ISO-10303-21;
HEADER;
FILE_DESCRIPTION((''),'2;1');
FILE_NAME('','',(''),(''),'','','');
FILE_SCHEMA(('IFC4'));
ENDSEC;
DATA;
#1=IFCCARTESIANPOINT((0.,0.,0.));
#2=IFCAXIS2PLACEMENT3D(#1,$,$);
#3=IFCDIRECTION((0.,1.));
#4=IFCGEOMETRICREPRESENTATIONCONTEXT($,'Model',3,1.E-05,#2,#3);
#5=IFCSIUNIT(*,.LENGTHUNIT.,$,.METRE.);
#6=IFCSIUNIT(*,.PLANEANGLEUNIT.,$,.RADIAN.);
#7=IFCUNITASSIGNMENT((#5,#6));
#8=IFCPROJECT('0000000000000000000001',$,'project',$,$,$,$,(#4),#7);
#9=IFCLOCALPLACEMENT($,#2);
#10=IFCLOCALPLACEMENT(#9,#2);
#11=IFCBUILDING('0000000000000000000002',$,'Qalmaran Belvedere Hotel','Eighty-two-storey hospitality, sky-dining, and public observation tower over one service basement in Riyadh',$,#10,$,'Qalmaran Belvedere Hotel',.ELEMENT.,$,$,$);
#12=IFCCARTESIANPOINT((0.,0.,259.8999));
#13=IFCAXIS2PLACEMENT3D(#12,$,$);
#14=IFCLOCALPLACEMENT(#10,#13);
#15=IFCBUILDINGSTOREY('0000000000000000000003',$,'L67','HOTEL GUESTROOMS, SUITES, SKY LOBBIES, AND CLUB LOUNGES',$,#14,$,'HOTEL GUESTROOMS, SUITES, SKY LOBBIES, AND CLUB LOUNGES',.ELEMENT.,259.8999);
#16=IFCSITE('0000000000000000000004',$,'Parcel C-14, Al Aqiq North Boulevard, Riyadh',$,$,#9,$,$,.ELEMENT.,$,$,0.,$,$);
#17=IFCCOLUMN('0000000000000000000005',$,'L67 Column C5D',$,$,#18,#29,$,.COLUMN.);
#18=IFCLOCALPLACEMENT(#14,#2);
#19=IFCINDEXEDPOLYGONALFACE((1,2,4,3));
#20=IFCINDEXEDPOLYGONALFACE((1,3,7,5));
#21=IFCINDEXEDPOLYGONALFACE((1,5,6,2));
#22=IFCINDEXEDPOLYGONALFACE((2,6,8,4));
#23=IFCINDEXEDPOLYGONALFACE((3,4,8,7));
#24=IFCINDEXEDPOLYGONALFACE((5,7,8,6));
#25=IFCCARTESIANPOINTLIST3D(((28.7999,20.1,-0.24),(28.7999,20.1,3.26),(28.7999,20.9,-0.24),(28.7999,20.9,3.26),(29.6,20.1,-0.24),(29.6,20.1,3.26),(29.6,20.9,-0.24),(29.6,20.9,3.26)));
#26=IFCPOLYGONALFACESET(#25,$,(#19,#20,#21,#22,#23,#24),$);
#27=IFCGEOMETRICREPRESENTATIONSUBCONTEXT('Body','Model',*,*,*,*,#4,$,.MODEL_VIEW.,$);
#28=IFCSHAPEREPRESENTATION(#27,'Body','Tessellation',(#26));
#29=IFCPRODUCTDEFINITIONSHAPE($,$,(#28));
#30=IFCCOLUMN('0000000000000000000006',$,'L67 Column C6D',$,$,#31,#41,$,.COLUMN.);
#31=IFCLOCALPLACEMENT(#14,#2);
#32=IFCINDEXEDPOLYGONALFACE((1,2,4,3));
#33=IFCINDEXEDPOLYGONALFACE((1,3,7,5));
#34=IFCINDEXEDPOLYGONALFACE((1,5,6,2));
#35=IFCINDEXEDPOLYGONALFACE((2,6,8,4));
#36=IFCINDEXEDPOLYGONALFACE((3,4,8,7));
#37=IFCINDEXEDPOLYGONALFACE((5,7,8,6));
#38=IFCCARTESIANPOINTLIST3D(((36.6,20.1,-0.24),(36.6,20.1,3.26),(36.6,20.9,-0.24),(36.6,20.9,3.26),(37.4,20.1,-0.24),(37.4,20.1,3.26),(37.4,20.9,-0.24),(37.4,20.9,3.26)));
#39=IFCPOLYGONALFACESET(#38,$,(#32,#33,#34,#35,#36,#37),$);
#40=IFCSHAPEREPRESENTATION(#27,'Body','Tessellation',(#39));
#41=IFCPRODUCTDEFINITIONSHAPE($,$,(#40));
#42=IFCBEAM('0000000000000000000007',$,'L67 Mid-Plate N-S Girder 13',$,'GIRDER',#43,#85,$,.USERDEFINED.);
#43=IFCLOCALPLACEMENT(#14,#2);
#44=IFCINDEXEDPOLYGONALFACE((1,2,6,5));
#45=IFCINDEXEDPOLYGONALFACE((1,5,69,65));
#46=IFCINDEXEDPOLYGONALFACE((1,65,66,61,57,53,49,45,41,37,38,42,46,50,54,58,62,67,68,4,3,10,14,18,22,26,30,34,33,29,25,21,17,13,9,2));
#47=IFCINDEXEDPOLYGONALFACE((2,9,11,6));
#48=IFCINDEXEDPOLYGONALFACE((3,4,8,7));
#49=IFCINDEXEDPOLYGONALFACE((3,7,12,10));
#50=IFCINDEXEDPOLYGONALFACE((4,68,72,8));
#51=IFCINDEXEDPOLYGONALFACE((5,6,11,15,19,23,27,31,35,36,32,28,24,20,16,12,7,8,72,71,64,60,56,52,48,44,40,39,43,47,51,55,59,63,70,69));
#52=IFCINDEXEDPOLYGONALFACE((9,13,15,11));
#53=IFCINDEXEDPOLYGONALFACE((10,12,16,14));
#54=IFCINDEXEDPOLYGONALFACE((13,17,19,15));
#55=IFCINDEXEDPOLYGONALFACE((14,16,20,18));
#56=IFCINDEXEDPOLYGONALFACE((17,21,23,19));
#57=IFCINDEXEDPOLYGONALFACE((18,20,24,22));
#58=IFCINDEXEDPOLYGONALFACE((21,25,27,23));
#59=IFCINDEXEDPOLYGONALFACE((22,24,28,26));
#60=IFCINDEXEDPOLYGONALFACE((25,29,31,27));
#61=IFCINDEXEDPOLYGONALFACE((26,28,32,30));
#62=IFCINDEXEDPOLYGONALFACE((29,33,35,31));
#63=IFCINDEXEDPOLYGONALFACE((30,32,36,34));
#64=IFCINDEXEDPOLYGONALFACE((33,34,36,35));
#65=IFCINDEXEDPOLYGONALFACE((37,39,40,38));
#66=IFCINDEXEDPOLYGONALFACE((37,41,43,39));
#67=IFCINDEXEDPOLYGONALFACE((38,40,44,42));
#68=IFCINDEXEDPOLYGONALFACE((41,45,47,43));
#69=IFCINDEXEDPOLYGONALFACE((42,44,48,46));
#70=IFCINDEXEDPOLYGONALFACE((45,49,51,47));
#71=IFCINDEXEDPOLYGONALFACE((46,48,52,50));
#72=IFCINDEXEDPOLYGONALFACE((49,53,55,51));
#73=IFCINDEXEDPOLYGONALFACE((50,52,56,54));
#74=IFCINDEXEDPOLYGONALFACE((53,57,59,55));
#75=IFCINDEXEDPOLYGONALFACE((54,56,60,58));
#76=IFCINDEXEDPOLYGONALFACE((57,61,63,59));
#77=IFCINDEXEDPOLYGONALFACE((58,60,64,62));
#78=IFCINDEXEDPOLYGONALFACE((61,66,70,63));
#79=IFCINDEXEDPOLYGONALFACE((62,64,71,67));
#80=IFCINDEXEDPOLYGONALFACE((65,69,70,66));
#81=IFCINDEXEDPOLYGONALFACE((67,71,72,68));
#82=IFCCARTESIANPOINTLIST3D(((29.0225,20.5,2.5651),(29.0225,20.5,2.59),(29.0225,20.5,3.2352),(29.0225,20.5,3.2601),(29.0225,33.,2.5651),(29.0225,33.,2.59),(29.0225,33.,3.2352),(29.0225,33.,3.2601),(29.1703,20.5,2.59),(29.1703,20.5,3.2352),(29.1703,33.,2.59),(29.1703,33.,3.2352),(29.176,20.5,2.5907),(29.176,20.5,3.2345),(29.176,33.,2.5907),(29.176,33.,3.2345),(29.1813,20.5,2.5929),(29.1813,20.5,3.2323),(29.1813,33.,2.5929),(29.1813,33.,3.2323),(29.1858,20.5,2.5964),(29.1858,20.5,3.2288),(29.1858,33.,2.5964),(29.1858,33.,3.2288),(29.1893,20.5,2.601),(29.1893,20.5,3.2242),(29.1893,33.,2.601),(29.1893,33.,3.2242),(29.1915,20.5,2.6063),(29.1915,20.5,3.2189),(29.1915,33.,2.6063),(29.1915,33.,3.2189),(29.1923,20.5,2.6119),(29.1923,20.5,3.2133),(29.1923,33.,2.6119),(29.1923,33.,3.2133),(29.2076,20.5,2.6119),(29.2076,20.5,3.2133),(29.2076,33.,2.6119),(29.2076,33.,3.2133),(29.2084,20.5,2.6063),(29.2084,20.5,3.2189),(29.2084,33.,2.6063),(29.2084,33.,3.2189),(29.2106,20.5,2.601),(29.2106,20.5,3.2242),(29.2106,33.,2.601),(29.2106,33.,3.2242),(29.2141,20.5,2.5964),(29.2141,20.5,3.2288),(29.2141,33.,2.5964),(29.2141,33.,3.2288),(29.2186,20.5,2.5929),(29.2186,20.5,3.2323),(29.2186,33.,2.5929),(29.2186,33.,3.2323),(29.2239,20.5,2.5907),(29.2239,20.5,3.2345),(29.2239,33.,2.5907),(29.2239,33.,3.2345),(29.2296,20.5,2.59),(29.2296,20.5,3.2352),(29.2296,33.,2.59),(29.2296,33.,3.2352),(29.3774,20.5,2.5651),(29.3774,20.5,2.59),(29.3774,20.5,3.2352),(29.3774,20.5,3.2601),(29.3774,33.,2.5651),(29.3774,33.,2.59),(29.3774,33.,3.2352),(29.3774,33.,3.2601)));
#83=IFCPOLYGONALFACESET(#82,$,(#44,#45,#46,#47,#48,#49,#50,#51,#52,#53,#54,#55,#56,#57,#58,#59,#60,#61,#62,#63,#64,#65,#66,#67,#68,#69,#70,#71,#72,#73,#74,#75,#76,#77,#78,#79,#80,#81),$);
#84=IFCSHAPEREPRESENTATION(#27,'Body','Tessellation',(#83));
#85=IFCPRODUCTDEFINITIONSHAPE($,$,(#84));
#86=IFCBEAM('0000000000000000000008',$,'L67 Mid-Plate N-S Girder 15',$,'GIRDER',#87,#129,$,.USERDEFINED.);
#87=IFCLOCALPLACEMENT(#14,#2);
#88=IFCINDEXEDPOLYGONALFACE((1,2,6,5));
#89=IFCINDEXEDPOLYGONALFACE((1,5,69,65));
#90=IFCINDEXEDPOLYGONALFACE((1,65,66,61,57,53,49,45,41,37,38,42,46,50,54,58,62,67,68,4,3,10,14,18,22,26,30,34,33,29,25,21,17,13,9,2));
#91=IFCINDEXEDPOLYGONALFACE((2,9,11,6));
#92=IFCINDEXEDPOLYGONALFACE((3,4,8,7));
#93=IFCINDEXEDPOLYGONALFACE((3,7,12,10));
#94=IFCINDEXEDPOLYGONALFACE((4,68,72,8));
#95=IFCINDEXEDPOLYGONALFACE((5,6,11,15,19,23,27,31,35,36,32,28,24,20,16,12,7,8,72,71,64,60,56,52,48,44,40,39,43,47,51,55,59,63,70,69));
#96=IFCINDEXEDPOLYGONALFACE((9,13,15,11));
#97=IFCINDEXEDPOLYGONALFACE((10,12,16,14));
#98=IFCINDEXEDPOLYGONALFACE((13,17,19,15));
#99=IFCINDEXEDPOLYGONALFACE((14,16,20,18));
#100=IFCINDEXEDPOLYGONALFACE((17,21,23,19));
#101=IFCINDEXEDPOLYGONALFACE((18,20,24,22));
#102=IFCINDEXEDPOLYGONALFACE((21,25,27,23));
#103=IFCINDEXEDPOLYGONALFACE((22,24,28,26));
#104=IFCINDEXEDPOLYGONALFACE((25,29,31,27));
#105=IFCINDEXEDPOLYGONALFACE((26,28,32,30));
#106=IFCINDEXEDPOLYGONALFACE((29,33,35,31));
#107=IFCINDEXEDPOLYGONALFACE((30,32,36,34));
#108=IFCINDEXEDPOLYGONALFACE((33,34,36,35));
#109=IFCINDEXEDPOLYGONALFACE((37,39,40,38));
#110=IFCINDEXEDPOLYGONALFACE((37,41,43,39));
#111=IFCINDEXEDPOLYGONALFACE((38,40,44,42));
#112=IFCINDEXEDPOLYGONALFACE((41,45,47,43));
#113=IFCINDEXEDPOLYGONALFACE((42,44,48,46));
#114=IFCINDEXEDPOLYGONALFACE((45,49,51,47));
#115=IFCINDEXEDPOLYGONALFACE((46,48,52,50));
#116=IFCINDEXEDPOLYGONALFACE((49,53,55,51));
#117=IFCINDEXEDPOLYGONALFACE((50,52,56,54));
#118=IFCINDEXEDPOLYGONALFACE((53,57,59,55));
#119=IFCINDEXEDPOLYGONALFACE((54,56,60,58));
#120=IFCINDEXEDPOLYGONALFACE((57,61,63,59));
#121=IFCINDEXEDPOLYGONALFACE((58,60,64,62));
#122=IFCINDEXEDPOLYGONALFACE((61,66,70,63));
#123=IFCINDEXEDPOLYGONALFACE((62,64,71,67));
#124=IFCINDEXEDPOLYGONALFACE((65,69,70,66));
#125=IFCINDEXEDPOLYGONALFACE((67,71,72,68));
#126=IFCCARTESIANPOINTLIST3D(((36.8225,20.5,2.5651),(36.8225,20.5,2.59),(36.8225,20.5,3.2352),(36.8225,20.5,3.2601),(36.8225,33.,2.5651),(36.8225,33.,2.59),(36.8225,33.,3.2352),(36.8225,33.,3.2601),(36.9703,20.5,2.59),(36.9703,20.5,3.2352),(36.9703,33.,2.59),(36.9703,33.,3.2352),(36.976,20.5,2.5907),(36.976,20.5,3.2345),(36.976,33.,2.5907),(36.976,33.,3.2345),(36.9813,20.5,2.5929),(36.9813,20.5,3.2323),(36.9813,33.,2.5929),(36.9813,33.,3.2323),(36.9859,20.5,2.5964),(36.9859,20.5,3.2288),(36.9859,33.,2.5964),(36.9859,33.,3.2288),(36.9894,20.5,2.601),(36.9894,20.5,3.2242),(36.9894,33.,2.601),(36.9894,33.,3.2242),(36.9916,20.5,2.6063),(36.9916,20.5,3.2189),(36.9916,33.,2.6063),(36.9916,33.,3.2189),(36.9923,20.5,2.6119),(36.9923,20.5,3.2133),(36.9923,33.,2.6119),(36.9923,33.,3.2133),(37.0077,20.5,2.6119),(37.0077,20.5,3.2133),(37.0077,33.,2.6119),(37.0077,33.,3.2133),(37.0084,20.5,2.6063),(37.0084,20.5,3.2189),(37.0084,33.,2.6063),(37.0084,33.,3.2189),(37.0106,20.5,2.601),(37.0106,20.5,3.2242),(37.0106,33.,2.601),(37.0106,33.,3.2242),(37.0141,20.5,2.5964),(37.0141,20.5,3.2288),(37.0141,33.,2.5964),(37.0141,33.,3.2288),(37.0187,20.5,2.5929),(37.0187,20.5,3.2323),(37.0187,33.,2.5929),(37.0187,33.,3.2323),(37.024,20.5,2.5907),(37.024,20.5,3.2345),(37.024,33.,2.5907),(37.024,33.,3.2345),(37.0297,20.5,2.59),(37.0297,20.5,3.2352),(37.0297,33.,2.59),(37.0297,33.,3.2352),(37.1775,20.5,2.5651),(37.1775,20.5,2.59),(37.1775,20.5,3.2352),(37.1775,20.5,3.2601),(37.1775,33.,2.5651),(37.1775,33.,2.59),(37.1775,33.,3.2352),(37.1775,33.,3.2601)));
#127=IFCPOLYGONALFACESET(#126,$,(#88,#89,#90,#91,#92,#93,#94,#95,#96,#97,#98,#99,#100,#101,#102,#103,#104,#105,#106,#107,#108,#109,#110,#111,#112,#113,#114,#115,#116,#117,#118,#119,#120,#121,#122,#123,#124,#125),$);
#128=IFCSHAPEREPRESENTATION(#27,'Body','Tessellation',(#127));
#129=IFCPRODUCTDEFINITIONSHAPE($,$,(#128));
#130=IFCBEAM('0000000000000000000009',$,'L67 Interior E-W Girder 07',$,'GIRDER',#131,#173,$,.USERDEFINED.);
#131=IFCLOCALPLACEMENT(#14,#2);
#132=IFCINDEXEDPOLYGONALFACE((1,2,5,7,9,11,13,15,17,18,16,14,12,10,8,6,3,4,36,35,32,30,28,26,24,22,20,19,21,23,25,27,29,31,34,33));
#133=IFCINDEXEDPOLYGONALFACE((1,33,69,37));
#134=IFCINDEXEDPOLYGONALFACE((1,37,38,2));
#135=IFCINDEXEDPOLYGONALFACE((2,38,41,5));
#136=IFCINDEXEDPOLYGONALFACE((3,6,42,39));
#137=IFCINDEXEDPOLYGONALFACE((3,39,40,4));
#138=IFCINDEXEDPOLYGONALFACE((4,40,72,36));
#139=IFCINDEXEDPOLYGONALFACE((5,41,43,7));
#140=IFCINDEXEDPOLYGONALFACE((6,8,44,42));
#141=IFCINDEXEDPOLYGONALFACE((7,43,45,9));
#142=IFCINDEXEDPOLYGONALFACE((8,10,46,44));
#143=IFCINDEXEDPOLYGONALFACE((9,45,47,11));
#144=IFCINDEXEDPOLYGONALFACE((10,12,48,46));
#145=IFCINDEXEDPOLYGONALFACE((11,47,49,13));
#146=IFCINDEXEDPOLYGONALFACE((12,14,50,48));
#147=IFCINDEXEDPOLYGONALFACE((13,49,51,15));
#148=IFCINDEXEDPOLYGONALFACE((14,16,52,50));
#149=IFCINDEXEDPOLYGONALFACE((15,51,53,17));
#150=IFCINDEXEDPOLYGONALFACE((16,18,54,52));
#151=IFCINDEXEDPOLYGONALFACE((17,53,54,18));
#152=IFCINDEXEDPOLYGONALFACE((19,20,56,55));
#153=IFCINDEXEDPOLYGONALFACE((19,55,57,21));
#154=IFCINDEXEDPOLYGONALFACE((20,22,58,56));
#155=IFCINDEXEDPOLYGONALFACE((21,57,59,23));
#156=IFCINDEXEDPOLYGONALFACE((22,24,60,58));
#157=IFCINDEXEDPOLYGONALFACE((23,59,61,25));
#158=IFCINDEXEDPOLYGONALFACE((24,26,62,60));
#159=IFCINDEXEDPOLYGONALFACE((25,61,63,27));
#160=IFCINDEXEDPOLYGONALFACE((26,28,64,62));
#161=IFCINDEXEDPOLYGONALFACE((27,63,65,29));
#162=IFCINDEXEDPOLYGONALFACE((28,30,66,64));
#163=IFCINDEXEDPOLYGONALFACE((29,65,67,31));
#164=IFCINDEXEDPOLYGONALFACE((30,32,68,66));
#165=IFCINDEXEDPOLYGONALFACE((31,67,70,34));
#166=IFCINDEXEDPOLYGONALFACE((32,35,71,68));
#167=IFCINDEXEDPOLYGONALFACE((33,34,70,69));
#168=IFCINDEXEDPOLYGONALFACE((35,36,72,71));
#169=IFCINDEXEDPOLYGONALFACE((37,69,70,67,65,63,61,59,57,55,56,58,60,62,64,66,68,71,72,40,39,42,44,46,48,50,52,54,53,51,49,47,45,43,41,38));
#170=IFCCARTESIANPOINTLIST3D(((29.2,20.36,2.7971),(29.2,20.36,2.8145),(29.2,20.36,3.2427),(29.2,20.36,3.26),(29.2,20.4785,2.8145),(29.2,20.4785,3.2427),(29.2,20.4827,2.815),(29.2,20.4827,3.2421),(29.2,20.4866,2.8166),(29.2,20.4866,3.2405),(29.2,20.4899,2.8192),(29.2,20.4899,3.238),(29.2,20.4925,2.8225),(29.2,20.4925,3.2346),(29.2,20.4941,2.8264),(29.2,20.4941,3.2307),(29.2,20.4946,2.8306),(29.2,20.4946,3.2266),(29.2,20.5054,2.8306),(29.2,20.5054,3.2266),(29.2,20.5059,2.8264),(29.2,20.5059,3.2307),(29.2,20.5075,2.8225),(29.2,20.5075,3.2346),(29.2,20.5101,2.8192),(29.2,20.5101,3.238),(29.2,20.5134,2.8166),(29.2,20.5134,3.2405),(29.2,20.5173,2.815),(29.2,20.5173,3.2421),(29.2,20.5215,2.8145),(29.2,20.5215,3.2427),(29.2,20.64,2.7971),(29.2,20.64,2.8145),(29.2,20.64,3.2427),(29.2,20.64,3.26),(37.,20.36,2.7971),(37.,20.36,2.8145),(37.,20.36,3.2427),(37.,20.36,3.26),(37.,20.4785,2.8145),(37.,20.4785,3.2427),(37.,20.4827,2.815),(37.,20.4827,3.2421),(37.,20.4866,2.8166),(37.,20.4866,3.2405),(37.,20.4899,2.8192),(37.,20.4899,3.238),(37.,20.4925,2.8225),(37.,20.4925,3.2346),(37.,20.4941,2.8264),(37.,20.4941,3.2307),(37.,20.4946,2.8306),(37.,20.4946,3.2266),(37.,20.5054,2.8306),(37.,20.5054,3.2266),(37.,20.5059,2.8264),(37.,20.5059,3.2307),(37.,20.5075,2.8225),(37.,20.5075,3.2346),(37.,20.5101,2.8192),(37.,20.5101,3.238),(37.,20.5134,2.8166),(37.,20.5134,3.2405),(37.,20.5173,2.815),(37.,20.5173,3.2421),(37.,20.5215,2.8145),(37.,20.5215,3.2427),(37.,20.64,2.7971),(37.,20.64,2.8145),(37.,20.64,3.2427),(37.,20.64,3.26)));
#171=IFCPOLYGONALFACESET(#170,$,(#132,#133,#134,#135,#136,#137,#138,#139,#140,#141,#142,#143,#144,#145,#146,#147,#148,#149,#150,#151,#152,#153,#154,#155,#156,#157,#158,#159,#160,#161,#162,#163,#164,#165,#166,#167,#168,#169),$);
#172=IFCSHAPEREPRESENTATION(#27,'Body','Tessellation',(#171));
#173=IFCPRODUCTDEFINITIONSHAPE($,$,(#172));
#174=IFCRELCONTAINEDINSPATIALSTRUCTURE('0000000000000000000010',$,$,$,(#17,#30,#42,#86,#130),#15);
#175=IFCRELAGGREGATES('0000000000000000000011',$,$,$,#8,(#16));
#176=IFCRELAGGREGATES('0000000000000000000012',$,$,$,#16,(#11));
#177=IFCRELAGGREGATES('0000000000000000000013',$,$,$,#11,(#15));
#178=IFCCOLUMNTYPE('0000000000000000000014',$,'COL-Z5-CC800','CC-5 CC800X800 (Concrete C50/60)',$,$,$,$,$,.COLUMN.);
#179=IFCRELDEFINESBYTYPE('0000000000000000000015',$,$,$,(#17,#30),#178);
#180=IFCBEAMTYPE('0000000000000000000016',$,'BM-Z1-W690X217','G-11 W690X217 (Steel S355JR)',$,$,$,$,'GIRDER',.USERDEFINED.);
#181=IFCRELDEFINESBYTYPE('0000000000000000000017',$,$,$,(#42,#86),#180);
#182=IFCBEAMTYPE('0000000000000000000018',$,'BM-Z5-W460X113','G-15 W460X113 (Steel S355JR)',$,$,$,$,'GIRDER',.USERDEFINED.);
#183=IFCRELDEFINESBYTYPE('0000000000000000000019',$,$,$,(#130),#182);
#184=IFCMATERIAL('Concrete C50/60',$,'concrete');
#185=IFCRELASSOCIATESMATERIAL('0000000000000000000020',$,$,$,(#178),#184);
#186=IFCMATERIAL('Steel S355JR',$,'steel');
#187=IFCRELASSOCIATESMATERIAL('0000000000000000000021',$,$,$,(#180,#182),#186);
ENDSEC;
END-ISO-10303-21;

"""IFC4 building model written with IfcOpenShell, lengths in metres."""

from ifc_helpers import new_model, si_unit, direction, frame, origin, origin_2d, place, context, subcontext, project, spatial, rectangle, i_section, extrude, material, material_profile, profile_set, type_object, element, save


model = new_model("IFC4")

# Units and contexts
model_context = context("Model", 3, precision=1e-05, world=origin(), true_north=direction((0.0, 1.0)))
body_context = subcontext(model_context, "Body", "Model", "MODEL_VIEW")
ifc_project = project(units=[si_unit("LENGTHUNIT", "METRE"), si_unit("PLANEANGLEUNIT", "RADIAN")], contexts=[model_context])

# Site, building, storey
site_placement = place(None, origin())
site = spatial("IfcSite", under=ifc_project, at=site_placement, Name="Parcel C-14, Al Aqiq North Boulevard, Riyadh", CompositionType="ELEMENT", RefElevation=0.0)
building_placement = place(site_placement, origin())
building = spatial("IfcBuilding", under=site, at=building_placement, Name="Qalmaran Belvedere Hotel", Description="Eighty-two-storey hospitality, sky-dining, and public observation tower over one service basement in Riyadh", LongName="Qalmaran Belvedere Hotel", CompositionType="ELEMENT")
storey_placement = place(building_placement, frame((0.0, 0.0, 259.8999)))
storey = spatial("IfcBuildingStorey", under=building, at=storey_placement, Name="L67", Description="HOTEL GUESTROOMS, SUITES, SKY LOBBIES, AND CLUB LOUNGES", LongName="HOTEL GUESTROOMS, SUITES, SKY LOBBIES, AND CLUB LOUNGES", CompositionType="ELEMENT", Elevation=259.8999)

# Columns
ifc_material_1 = material(Name="Concrete C50/60", Category="concrete")
ifc_material_profile_1 = material_profile(ifc_material_1, rectangle(XDim=0.8, YDim=0.8, at=origin_2d()), Name="CC800X800")
ifc_profile_set_1 = profile_set([ifc_material_profile_1], Name="Concrete C50/60")
column_type = type_object("IfcColumnType", Name="COL-Z5-CC800", Description="CC-5 CC800X800 (Concrete C50/60)", PredefinedType="COLUMN", material=ifc_profile_set_1)
for number, where, z_axis, x_axis, name in (
    (1, (29.2, 20.5, -0.24), (0.0, 0.0, 1.0), (1.0, 0.0, 0.0), "L67 Column C5D"),
    (2, (37.0, 20.5, -0.24), (0.0, 0.0, 1.0), (1.0, 0.0, 0.0), "L67 Column C6D"),
):
    element("IfcColumn", number, at=place(storey_placement, frame(where, z_axis=z_axis, x_axis=x_axis)), inside=storey, type_object=column_type, Name=name, PredefinedType="COLUMN", context=body_context, shape_type="SweptSolid", body=[
        extrude(rectangle(XDim=0.8, YDim=0.8, at=origin_2d()), origin(), (0.0, 0.0, 1.0), 3.5),
    ])

# Beams
ifc_material_2 = material(Name="Steel S355JR", Category="steel")
ifc_material_profile_2 = material_profile(ifc_material_2, i_section(OverallWidth=0.355, OverallDepth=0.6951, WebThickness=0.0154, FlangeThickness=0.0249, FilletRadius=0.022, at=origin_2d()), Name="W690X217")
ifc_profile_set_2 = profile_set([ifc_material_profile_2], Name="Steel S355JR")
beam_type_1 = type_object("IfcBeamType", Name="BM-Z1-W690X217", Description="G-11 W690X217 (Steel S355JR)", ElementType="GIRDER", PredefinedType="USERDEFINED", material=ifc_profile_set_2)
for number, where, z_axis, x_axis, name in (
    (3, (29.2, 20.5, 2.9126), (0.0, 1.0, 0.0), (-1.0, 0.0, 0.0), "L67 Mid-Plate N-S Girder 13"),
    (4, (37.0, 20.5, 2.9126), (0.0, 1.0, 0.0), (-1.0, 0.0, 0.0), "L67 Mid-Plate N-S Girder 15"),
):
    element("IfcBeam", number, at=place(storey_placement, frame(where, z_axis=z_axis, x_axis=x_axis)), inside=storey, type_object=beam_type_1, Name=name, ObjectType="GIRDER", PredefinedType="USERDEFINED", context=body_context, shape_type="SweptSolid", body=[
        extrude(i_section(OverallWidth=0.355, OverallDepth=0.6951, WebThickness=0.0154, FlangeThickness=0.0249, FilletRadius=0.022, at=origin_2d()), origin(), (0.0, 0.0, 1.0), 12.5),
    ])
ifc_material_profile_3 = material_profile(ifc_material_2, i_section(OverallWidth=0.28, OverallDepth=0.4629, WebThickness=0.0107, FlangeThickness=0.0173, FilletRadius=0.0161, at=origin_2d()), Name="W460X113")
ifc_profile_set_3 = profile_set([ifc_material_profile_3], Name="Steel S355JR")
beam_type_2 = type_object("IfcBeamType", Name="BM-Z5-W460X113", Description="G-15 W460X113 (Steel S355JR)", ElementType="GIRDER", PredefinedType="USERDEFINED", material=ifc_profile_set_3)
for number, where, z_axis, x_axis, name in (
    (5, (29.2, 20.5, 3.0286), (1.0, 0.0, 0.0), (0.0, 1.0, 0.0), "L67 Interior E-W Girder 07"),
):
    element("IfcBeam", number, at=place(storey_placement, frame(where, z_axis=z_axis, x_axis=x_axis)), inside=storey, type_object=beam_type_2, Name=name, ObjectType="GIRDER", PredefinedType="USERDEFINED", context=body_context, shape_type="SweptSolid", body=[
        extrude(i_section(OverallWidth=0.28, OverallDepth=0.4629, WebThickness=0.0107, FlangeThickness=0.0173, FilletRadius=0.0161, at=origin_2d()), origin(), (0.0, 0.0, 1.0), 7.8),
    ])

save(model, "model.ifc")
